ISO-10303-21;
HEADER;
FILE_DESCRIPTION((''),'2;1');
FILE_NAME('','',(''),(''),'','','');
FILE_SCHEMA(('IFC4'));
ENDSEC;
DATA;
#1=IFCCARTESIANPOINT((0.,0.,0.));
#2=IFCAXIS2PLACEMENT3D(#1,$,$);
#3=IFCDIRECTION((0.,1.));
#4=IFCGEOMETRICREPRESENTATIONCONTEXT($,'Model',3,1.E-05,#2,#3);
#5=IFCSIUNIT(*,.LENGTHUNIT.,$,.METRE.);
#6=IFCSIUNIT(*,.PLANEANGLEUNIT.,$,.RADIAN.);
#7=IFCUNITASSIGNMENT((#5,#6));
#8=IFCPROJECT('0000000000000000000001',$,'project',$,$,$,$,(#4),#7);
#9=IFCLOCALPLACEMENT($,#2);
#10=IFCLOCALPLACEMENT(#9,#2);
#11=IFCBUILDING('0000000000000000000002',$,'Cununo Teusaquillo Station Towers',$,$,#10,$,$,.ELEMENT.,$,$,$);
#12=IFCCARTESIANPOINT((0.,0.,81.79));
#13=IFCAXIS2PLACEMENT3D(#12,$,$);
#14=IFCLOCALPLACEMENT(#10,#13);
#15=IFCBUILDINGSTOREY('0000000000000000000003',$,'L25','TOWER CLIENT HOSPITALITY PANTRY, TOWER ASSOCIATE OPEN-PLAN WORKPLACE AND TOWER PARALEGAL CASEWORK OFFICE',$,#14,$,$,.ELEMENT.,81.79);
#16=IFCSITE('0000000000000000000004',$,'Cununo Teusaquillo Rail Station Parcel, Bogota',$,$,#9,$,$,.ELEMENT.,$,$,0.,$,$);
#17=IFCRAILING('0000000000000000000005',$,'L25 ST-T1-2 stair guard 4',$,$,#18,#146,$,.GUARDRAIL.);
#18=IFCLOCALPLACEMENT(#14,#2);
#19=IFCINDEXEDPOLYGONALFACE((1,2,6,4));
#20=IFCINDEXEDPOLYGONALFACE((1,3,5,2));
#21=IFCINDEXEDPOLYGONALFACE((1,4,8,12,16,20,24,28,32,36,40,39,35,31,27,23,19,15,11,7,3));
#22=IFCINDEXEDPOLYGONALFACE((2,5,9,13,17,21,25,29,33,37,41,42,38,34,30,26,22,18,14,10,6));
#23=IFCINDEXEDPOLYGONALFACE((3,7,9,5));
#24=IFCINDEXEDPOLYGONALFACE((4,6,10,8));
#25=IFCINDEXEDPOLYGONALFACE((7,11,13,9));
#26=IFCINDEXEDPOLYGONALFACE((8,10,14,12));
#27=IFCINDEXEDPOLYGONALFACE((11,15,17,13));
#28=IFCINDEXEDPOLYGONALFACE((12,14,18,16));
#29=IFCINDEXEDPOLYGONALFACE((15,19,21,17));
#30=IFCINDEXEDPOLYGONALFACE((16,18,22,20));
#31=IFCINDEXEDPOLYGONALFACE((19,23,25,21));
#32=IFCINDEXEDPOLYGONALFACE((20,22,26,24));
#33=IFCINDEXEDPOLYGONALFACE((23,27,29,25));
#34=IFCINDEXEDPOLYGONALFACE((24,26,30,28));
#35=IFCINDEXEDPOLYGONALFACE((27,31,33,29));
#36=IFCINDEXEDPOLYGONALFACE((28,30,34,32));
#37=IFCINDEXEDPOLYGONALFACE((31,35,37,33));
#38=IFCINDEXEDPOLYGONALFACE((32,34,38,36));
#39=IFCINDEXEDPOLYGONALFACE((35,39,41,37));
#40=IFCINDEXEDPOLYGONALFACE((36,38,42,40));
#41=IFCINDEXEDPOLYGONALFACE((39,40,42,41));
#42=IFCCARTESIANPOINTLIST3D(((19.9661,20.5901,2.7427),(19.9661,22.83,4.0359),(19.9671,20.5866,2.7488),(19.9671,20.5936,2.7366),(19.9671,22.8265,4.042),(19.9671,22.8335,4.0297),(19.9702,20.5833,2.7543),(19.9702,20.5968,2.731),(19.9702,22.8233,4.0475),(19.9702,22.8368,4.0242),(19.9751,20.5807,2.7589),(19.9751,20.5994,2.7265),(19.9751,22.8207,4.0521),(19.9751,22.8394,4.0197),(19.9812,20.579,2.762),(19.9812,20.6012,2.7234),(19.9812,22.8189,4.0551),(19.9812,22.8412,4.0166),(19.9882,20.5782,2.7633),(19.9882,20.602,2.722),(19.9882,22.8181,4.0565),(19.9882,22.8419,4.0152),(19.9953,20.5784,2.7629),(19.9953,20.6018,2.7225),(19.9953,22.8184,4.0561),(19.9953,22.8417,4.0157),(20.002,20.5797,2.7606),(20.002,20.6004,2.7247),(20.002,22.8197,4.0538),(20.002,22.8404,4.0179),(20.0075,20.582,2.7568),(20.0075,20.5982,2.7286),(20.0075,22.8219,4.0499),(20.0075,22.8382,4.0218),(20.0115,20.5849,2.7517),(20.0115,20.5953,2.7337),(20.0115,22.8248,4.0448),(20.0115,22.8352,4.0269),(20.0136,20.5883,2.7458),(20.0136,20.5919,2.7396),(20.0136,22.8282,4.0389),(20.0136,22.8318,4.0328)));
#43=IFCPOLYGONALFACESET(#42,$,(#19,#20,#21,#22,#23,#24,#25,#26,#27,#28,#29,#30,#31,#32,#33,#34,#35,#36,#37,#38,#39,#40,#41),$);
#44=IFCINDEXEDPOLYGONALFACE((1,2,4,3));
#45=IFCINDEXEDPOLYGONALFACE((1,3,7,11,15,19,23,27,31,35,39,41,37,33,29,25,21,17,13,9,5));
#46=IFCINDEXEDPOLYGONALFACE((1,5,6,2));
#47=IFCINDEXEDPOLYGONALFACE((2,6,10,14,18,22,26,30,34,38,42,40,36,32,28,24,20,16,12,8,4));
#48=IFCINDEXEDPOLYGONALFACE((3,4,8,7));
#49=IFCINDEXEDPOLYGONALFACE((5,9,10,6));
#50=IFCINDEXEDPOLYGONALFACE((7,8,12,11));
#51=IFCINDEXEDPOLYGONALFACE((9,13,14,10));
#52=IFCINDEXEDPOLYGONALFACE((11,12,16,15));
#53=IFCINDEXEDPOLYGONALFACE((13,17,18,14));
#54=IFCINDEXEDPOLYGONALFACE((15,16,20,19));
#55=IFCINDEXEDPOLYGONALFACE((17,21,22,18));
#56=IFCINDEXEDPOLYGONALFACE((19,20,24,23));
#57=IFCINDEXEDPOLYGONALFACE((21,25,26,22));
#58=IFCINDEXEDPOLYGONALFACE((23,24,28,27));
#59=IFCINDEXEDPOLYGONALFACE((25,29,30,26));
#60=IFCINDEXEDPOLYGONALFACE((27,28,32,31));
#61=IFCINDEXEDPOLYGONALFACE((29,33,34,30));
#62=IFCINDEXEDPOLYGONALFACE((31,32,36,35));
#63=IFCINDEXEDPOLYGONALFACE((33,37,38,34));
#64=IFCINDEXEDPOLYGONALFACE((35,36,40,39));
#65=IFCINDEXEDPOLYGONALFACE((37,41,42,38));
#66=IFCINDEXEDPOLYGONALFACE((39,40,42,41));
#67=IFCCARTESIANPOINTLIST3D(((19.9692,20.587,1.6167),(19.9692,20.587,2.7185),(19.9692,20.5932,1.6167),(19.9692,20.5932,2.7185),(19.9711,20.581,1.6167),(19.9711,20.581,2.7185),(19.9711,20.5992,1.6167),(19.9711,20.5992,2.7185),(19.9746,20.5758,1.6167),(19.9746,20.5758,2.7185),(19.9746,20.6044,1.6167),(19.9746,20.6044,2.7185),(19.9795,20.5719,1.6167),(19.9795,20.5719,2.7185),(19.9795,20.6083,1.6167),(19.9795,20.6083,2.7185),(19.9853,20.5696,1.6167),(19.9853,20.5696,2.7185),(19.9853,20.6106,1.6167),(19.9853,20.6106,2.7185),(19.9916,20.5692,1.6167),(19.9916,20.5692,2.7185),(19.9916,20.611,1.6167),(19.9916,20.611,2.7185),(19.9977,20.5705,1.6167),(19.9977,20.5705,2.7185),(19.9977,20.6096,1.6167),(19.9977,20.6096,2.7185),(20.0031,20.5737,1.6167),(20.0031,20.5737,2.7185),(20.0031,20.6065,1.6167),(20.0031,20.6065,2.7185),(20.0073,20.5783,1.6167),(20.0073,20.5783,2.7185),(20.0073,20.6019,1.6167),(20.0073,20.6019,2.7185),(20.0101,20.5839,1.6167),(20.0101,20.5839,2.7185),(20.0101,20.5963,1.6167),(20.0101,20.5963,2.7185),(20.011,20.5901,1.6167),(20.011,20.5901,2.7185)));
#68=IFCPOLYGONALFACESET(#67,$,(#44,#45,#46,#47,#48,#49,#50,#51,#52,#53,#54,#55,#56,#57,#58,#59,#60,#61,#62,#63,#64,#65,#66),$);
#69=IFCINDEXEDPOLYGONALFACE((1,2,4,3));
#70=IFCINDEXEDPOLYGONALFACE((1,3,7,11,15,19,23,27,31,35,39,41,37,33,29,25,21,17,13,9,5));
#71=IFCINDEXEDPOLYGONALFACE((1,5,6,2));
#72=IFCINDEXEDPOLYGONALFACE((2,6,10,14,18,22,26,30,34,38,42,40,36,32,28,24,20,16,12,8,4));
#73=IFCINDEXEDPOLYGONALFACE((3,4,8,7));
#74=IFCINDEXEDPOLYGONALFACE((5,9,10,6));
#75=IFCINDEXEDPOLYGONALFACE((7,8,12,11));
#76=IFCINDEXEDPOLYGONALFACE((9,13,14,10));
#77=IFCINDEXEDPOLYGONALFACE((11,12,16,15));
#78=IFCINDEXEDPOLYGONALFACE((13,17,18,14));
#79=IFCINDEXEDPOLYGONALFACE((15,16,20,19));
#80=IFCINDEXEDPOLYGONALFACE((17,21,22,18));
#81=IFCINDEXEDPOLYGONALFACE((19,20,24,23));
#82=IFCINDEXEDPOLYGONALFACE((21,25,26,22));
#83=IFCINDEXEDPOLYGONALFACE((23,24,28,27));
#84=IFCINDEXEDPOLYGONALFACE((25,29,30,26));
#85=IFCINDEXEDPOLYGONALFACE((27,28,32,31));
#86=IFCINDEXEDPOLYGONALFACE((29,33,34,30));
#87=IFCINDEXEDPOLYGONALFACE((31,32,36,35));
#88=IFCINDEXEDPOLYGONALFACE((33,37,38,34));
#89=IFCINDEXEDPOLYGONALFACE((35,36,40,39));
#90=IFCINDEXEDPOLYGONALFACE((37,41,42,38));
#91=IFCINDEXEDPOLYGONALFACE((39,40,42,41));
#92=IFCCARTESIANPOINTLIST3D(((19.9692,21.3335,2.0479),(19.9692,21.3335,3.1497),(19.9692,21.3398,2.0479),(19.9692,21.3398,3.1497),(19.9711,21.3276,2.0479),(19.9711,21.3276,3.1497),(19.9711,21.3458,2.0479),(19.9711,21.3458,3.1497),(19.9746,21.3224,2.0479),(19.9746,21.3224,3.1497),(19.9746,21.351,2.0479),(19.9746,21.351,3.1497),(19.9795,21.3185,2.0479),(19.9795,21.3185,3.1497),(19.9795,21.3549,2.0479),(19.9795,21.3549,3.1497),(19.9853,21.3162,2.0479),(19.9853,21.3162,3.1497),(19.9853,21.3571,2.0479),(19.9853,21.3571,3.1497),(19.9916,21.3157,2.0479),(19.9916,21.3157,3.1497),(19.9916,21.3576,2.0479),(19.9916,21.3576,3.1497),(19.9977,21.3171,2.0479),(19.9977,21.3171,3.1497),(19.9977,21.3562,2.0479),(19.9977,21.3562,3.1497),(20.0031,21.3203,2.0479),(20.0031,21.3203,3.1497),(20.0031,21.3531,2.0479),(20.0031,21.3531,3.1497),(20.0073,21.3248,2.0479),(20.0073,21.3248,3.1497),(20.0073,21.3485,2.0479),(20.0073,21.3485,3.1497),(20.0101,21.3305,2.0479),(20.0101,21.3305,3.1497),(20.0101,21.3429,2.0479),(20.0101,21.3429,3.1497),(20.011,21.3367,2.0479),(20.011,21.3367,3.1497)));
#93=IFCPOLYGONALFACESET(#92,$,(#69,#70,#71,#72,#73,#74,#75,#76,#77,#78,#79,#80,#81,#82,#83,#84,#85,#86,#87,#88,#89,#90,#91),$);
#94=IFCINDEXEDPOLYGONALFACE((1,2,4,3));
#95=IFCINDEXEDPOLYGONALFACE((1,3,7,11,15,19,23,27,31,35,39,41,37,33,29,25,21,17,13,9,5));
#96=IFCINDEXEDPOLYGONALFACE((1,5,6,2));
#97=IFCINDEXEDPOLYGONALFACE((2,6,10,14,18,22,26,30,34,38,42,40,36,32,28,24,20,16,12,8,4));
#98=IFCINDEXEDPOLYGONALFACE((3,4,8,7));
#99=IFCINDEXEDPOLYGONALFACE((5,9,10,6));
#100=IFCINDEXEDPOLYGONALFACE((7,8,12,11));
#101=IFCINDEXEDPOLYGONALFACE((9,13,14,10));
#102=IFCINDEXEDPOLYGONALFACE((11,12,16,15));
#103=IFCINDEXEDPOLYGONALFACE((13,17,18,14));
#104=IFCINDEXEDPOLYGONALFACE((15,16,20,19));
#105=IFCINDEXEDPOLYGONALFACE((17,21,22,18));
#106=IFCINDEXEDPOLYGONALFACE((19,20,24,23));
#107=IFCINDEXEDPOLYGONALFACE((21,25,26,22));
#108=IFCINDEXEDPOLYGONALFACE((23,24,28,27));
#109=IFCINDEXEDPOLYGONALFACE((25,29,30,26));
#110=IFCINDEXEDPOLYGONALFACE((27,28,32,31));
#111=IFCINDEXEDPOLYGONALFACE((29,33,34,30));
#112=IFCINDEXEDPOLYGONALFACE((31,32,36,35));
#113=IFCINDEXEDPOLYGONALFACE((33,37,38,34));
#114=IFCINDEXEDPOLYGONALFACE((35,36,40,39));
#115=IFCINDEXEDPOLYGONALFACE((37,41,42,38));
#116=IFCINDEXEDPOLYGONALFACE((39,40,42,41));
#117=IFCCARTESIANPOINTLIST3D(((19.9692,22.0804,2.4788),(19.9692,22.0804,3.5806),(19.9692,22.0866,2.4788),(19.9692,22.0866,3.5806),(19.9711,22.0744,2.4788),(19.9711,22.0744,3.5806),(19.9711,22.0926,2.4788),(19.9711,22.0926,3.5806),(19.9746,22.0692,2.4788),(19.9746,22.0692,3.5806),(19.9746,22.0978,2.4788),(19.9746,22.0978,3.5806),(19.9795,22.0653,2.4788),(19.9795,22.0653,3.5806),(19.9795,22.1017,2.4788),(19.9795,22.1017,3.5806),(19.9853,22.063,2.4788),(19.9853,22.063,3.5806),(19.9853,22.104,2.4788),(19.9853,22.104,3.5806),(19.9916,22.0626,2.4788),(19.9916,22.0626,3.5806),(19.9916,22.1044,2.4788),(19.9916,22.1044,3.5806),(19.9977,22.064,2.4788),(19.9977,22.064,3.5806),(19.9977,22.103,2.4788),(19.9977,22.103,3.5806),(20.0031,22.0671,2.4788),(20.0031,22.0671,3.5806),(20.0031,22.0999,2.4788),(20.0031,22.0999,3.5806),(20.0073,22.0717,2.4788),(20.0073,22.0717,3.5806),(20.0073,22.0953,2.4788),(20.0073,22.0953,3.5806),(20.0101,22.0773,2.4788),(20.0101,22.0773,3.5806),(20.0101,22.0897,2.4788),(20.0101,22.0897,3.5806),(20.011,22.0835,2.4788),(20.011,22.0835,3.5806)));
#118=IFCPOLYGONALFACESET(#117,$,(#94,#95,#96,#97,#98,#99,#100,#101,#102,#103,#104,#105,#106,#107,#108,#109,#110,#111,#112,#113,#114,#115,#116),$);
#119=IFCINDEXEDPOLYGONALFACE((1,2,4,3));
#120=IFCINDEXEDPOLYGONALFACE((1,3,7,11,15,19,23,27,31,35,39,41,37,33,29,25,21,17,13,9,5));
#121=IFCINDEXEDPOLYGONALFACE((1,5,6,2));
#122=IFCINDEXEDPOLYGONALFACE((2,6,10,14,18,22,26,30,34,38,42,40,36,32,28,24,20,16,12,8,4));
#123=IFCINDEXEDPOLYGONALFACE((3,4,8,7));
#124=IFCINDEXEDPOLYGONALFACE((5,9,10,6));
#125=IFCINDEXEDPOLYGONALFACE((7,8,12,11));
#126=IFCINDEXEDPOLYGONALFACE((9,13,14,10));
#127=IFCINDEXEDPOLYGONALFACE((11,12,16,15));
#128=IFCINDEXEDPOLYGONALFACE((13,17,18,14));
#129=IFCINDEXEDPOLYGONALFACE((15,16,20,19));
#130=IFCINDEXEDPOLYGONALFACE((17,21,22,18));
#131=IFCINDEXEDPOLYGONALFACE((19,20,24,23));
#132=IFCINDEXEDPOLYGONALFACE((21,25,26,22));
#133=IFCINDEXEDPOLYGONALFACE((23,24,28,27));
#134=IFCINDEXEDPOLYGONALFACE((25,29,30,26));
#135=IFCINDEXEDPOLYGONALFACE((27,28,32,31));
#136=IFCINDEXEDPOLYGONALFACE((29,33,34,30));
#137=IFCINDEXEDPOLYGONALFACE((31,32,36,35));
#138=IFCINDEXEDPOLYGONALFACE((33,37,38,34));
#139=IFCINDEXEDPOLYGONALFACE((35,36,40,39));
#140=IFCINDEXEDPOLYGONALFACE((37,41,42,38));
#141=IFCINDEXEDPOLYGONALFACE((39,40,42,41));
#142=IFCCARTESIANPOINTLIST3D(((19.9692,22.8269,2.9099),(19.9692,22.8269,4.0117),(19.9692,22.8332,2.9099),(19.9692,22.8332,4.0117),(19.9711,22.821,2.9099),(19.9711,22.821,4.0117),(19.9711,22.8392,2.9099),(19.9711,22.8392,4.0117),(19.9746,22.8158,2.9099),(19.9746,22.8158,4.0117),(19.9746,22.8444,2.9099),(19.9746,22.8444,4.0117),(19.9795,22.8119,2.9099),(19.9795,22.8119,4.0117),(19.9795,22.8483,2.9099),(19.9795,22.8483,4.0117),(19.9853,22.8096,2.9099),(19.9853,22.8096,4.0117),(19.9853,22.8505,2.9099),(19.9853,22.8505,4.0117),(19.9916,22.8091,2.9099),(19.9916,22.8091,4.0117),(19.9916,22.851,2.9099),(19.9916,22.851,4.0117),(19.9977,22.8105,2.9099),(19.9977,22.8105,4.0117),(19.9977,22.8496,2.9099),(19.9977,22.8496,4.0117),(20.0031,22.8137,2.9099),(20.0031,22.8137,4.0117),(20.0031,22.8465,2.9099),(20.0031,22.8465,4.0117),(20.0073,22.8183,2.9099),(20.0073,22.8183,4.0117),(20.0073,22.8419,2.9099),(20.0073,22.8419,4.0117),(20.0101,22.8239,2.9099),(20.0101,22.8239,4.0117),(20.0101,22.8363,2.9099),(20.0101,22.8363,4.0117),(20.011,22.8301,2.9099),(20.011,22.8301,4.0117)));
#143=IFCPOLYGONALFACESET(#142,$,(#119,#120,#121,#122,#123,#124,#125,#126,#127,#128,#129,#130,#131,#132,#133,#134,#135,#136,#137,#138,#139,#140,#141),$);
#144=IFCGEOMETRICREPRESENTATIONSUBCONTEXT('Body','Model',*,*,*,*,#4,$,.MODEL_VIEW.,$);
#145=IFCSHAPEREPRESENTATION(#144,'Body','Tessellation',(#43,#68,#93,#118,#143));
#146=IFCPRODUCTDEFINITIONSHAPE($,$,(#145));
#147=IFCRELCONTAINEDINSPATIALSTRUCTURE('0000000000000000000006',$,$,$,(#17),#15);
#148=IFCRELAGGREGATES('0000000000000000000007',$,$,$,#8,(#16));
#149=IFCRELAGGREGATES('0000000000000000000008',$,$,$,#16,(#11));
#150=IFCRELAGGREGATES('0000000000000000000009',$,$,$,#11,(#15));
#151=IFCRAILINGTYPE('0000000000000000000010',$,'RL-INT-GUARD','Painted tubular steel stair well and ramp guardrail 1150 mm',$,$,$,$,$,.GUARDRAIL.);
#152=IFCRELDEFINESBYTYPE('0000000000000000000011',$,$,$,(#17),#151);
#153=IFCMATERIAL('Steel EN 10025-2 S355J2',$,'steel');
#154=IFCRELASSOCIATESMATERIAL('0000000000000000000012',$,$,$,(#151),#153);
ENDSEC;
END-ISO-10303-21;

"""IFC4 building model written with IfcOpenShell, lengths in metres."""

from ifc_helpers import new_model, si_unit, direction, frame, origin, origin_2d, place, context, subcontext, project, spatial, circle, extrude, material, type_object, element, save


model = new_model("IFC4")

# Units and contexts
model_context = context("Model", 3, precision=1e-05, world=origin(), true_north=direction((0.0, 1.0)))
body_context = subcontext(model_context, "Body", "Model", "MODEL_VIEW")
ifc_project = project(units=[si_unit("LENGTHUNIT", "METRE"), si_unit("PLANEANGLEUNIT", "RADIAN")], contexts=[model_context])

# Site, building, storey
site_placement = place(None, origin())
site = spatial("IfcSite", under=ifc_project, at=site_placement, Name="Cununo Teusaquillo Rail Station Parcel, Bogota", CompositionType="ELEMENT", RefElevation=0.0)
building_placement = place(site_placement, origin())
building = spatial("IfcBuilding", under=site, at=building_placement, Name="Cununo Teusaquillo Station Towers", CompositionType="ELEMENT")
storey_placement = place(building_placement, frame((0.0, 0.0, 81.79)))
storey = spatial("IfcBuildingStorey", under=building, at=storey_placement, Name="L25", Description="TOWER CLIENT HOSPITALITY PANTRY, TOWER ASSOCIATE OPEN-PLAN WORKPLACE AND TOWER PARALEGAL CASEWORK OFFICE", CompositionType="ELEMENT", Elevation=81.79)

# Railing
ifc_material_1 = material(Name="Steel EN 10025-2 S355J2", Category="steel")
railing_type_1 = type_object("IfcRailingType", Name="RL-INT-GUARD", Description="Painted tubular steel stair well and ramp guardrail 1150 mm", PredefinedType="GUARDRAIL", material=ifc_material_1)
railing_1_placement = place(storey_placement, frame((19.99, 20.5901, 1.6167)))
element("IfcRailing", 1, at=railing_1_placement, inside=storey, type_object=railing_type_1, Name="L25 ST-T1-2 stair guard 4", PredefinedType="GUARDRAIL", context=body_context, shape_type="SweptSolid", body=[
    extrude(circle(Radius=0.0239, at=origin_2d()), frame((0.0, 0.0, 1.126), z_axis=(0.0, 0.866033, 0.499987), x_axis=(-1.0, 0.0, 0.0)), (0.0, 0.0, 1.0), 2.5864),
    extrude(circle(Radius=0.021, at=origin_2d()), origin(), (0.0, 0.0, 1.0), 1.1018),
    extrude(circle(Radius=0.021, at=origin_2d()), frame((0.0, 0.7466, 0.4312)), (0.0, 0.0, 1.0), 1.1018),
    extrude(circle(Radius=0.021, at=origin_2d()), frame((0.0, 1.4934, 0.8621)), (0.0, 0.0, 1.0), 1.1018),
    extrude(circle(Radius=0.021, at=origin_2d()), frame((0.0, 2.24, 1.2932)), (0.0, 0.0, 1.0), 1.1018),
])

save(model, "model.ifc")
